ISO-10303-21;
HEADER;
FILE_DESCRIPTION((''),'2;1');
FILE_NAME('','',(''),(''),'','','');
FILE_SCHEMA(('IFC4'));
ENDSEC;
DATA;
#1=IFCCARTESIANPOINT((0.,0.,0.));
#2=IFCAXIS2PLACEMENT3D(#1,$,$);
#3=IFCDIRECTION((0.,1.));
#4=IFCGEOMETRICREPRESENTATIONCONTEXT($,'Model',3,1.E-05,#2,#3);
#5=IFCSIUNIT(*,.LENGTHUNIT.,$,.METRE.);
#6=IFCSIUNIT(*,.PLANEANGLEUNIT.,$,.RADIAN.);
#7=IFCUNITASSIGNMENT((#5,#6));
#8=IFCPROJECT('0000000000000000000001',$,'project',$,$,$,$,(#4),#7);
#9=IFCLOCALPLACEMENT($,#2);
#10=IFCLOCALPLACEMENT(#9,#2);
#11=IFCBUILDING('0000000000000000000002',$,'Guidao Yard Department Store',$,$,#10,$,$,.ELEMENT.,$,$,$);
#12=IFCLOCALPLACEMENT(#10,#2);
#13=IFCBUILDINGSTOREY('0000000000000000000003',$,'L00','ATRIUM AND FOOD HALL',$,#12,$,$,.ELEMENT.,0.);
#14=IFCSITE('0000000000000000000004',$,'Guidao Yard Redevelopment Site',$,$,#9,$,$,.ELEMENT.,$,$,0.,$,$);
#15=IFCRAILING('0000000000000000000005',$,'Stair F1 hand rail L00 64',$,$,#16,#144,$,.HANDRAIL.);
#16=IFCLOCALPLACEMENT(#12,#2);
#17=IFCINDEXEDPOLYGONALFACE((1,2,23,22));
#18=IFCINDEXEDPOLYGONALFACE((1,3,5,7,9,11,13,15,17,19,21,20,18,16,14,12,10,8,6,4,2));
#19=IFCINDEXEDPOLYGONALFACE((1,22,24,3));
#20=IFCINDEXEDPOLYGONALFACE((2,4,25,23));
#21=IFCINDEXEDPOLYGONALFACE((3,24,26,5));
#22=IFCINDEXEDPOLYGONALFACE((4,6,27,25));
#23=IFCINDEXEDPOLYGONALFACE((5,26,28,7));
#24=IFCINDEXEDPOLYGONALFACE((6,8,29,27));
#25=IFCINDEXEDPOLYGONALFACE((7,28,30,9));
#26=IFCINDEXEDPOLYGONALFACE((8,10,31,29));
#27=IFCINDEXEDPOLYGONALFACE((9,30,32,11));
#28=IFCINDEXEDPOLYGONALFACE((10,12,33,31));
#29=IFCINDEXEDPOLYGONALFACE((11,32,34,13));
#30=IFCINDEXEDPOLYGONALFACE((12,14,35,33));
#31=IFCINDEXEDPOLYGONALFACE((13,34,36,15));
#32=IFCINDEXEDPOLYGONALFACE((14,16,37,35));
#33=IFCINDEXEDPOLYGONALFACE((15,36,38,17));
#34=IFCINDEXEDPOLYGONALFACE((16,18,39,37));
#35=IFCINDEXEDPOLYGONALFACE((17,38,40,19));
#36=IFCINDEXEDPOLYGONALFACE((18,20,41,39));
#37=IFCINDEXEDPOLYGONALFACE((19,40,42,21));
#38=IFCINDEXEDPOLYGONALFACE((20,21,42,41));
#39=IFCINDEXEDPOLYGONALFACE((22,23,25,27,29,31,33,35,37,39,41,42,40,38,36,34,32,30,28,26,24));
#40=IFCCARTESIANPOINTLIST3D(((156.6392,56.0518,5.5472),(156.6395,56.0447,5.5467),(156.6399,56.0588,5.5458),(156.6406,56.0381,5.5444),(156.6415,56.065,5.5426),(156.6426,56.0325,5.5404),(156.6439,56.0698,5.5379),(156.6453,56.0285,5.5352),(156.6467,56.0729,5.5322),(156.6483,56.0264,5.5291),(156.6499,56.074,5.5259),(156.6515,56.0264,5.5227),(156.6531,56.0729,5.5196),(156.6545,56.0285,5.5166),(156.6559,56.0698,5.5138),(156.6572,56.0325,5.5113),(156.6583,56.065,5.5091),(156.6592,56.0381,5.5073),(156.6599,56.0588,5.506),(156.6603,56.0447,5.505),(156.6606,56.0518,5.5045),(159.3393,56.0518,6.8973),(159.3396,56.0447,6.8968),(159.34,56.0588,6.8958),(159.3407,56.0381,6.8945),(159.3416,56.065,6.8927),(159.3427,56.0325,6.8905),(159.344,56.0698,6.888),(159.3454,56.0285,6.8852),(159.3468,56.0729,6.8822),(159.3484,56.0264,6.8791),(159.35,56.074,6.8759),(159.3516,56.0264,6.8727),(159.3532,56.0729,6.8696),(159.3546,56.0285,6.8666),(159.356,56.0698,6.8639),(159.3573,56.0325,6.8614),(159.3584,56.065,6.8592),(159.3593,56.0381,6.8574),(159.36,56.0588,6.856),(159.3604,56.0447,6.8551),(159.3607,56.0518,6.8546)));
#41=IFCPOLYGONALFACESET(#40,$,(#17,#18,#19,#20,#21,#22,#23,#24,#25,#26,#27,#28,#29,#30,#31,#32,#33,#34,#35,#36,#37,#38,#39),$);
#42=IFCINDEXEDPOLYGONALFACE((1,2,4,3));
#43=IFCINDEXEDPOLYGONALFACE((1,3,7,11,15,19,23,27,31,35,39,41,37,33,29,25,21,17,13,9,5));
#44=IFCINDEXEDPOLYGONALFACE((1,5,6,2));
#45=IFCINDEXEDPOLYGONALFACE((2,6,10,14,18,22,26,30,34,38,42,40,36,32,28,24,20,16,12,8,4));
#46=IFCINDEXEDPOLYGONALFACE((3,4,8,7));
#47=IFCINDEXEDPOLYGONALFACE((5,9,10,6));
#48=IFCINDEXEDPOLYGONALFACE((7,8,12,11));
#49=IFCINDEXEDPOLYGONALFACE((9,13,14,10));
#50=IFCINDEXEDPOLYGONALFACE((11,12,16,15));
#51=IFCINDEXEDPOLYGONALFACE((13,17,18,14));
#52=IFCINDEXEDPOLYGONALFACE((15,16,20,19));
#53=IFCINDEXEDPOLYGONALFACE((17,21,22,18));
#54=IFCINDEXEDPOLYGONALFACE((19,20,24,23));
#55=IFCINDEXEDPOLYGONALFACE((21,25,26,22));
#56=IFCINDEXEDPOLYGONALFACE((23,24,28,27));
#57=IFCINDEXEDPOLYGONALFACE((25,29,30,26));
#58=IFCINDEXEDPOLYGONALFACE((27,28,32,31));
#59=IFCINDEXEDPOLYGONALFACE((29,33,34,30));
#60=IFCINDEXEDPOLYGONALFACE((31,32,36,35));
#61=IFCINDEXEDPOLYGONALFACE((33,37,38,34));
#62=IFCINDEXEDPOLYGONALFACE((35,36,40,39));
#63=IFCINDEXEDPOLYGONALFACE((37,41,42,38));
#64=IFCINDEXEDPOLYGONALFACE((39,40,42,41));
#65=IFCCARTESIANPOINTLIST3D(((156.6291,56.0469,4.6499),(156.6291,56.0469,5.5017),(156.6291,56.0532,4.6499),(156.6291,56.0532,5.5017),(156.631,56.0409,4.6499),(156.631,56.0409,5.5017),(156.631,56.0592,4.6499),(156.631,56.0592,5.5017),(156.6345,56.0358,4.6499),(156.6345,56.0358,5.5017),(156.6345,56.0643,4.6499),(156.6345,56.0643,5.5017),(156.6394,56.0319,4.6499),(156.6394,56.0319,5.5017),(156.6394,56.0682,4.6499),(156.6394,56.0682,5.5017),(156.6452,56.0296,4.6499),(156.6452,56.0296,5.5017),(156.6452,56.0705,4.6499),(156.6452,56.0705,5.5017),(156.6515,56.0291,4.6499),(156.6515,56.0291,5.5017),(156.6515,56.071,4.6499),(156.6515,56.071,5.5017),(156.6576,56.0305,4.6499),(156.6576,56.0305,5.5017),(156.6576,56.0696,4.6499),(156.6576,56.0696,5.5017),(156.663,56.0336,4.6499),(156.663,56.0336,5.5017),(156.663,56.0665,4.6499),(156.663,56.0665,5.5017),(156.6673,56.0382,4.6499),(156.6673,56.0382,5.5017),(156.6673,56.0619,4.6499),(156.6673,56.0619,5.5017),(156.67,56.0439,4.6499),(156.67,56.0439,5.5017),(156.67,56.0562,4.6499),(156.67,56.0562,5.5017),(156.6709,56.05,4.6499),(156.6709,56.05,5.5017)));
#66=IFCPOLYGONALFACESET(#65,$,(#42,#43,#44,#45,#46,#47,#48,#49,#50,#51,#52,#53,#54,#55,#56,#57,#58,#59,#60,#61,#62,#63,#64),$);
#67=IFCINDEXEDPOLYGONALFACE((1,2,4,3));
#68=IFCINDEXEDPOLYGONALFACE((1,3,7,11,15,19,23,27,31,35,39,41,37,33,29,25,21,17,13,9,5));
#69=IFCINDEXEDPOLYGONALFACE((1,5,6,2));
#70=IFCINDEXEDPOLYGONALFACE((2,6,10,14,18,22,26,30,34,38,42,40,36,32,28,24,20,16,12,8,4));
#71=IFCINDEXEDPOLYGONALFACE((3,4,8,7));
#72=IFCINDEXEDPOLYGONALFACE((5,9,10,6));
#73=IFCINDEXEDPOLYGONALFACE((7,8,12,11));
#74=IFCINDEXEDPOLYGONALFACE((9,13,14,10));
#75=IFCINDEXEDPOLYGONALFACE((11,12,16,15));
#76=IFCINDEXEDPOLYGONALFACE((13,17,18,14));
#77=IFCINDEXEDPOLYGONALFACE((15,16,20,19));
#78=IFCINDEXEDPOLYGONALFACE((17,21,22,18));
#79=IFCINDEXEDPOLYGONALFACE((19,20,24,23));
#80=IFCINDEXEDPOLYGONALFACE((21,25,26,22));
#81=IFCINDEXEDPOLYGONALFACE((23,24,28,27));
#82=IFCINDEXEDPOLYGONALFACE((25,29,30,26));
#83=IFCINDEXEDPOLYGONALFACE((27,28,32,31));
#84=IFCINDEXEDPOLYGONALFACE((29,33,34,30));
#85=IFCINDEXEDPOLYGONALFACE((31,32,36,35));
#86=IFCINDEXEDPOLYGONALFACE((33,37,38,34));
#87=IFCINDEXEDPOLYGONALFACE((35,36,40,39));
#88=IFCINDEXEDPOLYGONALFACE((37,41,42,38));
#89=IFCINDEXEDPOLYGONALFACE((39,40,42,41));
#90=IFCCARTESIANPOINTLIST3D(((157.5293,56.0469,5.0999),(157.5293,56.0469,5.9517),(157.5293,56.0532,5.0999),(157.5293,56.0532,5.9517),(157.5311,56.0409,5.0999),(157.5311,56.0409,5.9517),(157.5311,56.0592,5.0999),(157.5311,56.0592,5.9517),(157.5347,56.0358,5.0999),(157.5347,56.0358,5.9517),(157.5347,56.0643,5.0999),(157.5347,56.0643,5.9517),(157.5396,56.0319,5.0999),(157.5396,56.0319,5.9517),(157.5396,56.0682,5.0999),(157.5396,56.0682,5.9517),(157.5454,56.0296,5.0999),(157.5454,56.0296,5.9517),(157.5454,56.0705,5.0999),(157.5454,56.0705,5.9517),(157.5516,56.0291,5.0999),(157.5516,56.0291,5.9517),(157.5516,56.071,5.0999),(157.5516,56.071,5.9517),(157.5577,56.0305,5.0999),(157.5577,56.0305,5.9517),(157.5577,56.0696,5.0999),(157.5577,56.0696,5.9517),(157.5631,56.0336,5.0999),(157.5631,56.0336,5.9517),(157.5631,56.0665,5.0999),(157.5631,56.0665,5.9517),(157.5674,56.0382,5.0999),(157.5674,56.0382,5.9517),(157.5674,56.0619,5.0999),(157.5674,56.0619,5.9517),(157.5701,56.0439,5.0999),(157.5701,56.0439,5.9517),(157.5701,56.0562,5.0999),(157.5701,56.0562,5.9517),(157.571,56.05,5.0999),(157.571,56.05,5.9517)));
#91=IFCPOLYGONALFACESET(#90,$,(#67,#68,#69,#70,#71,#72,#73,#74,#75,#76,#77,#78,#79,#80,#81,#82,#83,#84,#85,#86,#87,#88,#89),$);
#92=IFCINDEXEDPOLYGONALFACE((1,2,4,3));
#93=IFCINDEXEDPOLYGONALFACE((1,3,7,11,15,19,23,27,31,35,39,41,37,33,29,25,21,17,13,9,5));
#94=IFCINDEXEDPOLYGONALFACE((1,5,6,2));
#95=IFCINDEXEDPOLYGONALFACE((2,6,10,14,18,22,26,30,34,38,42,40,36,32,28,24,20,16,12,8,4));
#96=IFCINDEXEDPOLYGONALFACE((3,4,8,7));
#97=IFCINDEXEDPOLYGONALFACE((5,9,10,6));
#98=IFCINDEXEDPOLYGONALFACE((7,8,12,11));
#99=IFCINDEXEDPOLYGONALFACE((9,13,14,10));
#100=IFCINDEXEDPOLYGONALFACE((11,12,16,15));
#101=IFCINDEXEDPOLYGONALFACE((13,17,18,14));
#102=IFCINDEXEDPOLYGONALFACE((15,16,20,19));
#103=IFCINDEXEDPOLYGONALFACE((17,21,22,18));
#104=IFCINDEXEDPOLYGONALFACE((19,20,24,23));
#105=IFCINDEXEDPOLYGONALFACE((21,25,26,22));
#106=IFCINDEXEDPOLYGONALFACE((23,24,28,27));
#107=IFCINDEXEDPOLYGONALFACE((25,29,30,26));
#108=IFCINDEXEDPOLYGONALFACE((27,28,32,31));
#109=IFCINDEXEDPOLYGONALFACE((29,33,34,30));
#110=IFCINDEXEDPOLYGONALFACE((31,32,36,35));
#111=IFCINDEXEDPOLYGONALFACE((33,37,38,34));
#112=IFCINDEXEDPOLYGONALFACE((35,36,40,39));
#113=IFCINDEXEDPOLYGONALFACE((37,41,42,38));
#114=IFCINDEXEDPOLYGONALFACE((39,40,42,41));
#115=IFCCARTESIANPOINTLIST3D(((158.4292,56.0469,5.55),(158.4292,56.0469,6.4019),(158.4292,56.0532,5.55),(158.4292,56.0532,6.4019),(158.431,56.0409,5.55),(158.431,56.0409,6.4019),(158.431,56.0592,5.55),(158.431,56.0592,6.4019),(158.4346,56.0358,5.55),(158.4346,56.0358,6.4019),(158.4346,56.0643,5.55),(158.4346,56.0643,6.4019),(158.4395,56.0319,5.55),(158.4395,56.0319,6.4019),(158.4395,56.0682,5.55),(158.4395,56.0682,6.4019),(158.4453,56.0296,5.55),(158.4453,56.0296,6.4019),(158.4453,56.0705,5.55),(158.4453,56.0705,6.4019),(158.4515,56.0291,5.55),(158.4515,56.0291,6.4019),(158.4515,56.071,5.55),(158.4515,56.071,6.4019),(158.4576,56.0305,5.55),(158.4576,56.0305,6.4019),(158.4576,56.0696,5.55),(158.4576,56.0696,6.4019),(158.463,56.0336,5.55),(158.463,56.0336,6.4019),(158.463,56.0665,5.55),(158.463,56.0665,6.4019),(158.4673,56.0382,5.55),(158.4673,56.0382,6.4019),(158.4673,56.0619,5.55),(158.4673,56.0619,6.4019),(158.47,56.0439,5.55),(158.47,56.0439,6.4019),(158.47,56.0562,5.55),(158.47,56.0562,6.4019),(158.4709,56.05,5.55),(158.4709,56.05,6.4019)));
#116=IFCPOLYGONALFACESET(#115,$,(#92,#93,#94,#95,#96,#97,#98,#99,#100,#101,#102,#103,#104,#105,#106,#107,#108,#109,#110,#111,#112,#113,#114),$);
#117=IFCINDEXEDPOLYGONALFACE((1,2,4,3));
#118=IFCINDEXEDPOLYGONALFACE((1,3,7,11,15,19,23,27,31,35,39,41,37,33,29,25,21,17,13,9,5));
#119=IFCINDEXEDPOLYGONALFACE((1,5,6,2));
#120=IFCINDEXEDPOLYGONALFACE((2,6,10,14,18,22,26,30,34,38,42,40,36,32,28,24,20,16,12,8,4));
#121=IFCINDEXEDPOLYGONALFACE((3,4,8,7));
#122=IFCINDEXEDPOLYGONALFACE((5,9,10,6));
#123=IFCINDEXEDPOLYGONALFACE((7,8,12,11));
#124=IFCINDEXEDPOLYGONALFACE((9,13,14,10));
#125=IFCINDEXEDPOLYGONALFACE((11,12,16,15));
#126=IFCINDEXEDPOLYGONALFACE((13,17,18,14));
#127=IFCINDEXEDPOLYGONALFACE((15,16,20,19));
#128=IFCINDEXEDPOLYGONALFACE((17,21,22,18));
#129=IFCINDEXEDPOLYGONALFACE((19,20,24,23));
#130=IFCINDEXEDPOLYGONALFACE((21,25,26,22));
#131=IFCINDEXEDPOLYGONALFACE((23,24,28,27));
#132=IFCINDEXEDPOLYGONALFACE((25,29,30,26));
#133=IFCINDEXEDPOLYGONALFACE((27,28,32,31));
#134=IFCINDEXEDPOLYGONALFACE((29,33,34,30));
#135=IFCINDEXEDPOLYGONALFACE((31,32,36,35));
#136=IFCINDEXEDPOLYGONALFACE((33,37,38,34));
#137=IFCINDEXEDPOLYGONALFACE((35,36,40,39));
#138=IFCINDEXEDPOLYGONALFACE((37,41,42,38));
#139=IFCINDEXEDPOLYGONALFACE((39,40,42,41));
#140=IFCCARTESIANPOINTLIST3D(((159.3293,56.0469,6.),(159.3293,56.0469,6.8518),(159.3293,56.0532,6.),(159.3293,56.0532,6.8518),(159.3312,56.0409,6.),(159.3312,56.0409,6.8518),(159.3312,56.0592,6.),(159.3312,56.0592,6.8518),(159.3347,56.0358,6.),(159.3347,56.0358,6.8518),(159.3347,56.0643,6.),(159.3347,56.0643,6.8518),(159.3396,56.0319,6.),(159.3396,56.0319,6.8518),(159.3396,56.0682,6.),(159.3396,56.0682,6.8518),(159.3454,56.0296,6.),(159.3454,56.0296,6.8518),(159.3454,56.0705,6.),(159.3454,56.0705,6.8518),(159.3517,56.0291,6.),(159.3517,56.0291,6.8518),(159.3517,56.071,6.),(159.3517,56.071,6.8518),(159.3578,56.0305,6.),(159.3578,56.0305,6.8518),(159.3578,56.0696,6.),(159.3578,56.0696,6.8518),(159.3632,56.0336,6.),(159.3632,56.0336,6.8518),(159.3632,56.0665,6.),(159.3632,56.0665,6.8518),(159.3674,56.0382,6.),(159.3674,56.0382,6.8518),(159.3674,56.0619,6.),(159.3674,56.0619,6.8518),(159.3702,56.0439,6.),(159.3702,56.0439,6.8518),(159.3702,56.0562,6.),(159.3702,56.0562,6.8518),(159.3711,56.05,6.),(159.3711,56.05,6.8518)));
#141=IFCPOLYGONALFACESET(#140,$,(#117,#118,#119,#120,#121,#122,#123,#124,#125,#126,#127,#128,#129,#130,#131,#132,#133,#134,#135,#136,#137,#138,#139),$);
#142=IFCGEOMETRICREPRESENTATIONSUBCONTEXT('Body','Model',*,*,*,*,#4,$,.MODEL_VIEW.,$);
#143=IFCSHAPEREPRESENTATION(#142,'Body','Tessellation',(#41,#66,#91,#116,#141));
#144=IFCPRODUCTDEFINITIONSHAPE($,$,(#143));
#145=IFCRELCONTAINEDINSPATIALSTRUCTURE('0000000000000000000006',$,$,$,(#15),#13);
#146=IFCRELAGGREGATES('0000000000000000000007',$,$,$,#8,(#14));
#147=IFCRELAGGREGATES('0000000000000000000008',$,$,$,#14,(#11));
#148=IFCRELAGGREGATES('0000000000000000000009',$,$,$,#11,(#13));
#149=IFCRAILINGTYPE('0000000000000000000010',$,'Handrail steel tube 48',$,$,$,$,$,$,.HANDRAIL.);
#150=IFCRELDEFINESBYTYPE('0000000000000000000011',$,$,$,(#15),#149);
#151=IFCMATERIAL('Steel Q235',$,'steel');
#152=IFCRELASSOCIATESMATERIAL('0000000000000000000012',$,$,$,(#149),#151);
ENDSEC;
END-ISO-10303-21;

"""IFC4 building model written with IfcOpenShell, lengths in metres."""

from ifc_helpers import new_model, si_unit, direction, frame, origin, origin_2d, place, context, subcontext, project, spatial, circle, extrude, material, type_object, element, save


model = new_model("IFC4")

# Units and contexts
model_context = context("Model", 3, precision=1e-05, world=origin(), true_north=direction((0.0, 1.0)))
body_context = subcontext(model_context, "Body", "Model", "MODEL_VIEW")
ifc_project = project(units=[si_unit("LENGTHUNIT", "METRE"), si_unit("PLANEANGLEUNIT", "RADIAN")], contexts=[model_context])

# Site, building, storey
site_placement = place(None, origin())
site = spatial("IfcSite", under=ifc_project, at=site_placement, Name="Guidao Yard Redevelopment Site", CompositionType="ELEMENT", RefElevation=0.0)
building_placement = place(site_placement, origin())
building = spatial("IfcBuilding", under=site, at=building_placement, Name="Guidao Yard Department Store", CompositionType="ELEMENT")
storey_placement = place(building_placement, origin())
storey = spatial("IfcBuildingStorey", under=building, at=storey_placement, Name="L00", Description="ATRIUM AND FOOD HALL", CompositionType="ELEMENT", Elevation=0.0)

# Railing
ifc_material_1 = material(Name="Steel Q235", Category="steel")
railing_type = type_object("IfcRailingType", Name="Handrail steel tube 48", PredefinedType="HANDRAIL", material=ifc_material_1)
for number, where, name in (
    (1, (156.6499, 56.05, 4.6499), "Stair F1 hand rail L00 64"),
):
    element("IfcRailing", number, at=place(storey_placement, frame(where)), inside=storey, type_object=railing_type, Name=name, PredefinedType="HANDRAIL", context=body_context, shape_type="SweptSolid", body=[
        extrude(circle(Radius=0.0239, at=origin_2d()), frame((0.0, 0.0, 0.876), z_axis=(0.894427, 0.0, 0.447214), x_axis=(0.0, 1.0, 0.0)), (0.0, 0.0, 1.0), 3.0188),
        extrude(circle(Radius=0.021, at=origin_2d()), origin(), (0.0, 0.0, 1.0), 0.8518),
        extrude(circle(Radius=0.021, at=origin_2d()), frame((0.9001, 0.0, 0.45)), (0.0, 0.0, 1.0), 0.8518),
        extrude(circle(Radius=0.021, at=origin_2d()), frame((1.8, 0.0, 0.9001)), (0.0, 0.0, 1.0), 0.8518),
        extrude(circle(Radius=0.021, at=origin_2d()), frame((2.7002, 0.0, 1.3501)), (0.0, 0.0, 1.0), 0.8518),
    ])

save(model, "model.ifc")
